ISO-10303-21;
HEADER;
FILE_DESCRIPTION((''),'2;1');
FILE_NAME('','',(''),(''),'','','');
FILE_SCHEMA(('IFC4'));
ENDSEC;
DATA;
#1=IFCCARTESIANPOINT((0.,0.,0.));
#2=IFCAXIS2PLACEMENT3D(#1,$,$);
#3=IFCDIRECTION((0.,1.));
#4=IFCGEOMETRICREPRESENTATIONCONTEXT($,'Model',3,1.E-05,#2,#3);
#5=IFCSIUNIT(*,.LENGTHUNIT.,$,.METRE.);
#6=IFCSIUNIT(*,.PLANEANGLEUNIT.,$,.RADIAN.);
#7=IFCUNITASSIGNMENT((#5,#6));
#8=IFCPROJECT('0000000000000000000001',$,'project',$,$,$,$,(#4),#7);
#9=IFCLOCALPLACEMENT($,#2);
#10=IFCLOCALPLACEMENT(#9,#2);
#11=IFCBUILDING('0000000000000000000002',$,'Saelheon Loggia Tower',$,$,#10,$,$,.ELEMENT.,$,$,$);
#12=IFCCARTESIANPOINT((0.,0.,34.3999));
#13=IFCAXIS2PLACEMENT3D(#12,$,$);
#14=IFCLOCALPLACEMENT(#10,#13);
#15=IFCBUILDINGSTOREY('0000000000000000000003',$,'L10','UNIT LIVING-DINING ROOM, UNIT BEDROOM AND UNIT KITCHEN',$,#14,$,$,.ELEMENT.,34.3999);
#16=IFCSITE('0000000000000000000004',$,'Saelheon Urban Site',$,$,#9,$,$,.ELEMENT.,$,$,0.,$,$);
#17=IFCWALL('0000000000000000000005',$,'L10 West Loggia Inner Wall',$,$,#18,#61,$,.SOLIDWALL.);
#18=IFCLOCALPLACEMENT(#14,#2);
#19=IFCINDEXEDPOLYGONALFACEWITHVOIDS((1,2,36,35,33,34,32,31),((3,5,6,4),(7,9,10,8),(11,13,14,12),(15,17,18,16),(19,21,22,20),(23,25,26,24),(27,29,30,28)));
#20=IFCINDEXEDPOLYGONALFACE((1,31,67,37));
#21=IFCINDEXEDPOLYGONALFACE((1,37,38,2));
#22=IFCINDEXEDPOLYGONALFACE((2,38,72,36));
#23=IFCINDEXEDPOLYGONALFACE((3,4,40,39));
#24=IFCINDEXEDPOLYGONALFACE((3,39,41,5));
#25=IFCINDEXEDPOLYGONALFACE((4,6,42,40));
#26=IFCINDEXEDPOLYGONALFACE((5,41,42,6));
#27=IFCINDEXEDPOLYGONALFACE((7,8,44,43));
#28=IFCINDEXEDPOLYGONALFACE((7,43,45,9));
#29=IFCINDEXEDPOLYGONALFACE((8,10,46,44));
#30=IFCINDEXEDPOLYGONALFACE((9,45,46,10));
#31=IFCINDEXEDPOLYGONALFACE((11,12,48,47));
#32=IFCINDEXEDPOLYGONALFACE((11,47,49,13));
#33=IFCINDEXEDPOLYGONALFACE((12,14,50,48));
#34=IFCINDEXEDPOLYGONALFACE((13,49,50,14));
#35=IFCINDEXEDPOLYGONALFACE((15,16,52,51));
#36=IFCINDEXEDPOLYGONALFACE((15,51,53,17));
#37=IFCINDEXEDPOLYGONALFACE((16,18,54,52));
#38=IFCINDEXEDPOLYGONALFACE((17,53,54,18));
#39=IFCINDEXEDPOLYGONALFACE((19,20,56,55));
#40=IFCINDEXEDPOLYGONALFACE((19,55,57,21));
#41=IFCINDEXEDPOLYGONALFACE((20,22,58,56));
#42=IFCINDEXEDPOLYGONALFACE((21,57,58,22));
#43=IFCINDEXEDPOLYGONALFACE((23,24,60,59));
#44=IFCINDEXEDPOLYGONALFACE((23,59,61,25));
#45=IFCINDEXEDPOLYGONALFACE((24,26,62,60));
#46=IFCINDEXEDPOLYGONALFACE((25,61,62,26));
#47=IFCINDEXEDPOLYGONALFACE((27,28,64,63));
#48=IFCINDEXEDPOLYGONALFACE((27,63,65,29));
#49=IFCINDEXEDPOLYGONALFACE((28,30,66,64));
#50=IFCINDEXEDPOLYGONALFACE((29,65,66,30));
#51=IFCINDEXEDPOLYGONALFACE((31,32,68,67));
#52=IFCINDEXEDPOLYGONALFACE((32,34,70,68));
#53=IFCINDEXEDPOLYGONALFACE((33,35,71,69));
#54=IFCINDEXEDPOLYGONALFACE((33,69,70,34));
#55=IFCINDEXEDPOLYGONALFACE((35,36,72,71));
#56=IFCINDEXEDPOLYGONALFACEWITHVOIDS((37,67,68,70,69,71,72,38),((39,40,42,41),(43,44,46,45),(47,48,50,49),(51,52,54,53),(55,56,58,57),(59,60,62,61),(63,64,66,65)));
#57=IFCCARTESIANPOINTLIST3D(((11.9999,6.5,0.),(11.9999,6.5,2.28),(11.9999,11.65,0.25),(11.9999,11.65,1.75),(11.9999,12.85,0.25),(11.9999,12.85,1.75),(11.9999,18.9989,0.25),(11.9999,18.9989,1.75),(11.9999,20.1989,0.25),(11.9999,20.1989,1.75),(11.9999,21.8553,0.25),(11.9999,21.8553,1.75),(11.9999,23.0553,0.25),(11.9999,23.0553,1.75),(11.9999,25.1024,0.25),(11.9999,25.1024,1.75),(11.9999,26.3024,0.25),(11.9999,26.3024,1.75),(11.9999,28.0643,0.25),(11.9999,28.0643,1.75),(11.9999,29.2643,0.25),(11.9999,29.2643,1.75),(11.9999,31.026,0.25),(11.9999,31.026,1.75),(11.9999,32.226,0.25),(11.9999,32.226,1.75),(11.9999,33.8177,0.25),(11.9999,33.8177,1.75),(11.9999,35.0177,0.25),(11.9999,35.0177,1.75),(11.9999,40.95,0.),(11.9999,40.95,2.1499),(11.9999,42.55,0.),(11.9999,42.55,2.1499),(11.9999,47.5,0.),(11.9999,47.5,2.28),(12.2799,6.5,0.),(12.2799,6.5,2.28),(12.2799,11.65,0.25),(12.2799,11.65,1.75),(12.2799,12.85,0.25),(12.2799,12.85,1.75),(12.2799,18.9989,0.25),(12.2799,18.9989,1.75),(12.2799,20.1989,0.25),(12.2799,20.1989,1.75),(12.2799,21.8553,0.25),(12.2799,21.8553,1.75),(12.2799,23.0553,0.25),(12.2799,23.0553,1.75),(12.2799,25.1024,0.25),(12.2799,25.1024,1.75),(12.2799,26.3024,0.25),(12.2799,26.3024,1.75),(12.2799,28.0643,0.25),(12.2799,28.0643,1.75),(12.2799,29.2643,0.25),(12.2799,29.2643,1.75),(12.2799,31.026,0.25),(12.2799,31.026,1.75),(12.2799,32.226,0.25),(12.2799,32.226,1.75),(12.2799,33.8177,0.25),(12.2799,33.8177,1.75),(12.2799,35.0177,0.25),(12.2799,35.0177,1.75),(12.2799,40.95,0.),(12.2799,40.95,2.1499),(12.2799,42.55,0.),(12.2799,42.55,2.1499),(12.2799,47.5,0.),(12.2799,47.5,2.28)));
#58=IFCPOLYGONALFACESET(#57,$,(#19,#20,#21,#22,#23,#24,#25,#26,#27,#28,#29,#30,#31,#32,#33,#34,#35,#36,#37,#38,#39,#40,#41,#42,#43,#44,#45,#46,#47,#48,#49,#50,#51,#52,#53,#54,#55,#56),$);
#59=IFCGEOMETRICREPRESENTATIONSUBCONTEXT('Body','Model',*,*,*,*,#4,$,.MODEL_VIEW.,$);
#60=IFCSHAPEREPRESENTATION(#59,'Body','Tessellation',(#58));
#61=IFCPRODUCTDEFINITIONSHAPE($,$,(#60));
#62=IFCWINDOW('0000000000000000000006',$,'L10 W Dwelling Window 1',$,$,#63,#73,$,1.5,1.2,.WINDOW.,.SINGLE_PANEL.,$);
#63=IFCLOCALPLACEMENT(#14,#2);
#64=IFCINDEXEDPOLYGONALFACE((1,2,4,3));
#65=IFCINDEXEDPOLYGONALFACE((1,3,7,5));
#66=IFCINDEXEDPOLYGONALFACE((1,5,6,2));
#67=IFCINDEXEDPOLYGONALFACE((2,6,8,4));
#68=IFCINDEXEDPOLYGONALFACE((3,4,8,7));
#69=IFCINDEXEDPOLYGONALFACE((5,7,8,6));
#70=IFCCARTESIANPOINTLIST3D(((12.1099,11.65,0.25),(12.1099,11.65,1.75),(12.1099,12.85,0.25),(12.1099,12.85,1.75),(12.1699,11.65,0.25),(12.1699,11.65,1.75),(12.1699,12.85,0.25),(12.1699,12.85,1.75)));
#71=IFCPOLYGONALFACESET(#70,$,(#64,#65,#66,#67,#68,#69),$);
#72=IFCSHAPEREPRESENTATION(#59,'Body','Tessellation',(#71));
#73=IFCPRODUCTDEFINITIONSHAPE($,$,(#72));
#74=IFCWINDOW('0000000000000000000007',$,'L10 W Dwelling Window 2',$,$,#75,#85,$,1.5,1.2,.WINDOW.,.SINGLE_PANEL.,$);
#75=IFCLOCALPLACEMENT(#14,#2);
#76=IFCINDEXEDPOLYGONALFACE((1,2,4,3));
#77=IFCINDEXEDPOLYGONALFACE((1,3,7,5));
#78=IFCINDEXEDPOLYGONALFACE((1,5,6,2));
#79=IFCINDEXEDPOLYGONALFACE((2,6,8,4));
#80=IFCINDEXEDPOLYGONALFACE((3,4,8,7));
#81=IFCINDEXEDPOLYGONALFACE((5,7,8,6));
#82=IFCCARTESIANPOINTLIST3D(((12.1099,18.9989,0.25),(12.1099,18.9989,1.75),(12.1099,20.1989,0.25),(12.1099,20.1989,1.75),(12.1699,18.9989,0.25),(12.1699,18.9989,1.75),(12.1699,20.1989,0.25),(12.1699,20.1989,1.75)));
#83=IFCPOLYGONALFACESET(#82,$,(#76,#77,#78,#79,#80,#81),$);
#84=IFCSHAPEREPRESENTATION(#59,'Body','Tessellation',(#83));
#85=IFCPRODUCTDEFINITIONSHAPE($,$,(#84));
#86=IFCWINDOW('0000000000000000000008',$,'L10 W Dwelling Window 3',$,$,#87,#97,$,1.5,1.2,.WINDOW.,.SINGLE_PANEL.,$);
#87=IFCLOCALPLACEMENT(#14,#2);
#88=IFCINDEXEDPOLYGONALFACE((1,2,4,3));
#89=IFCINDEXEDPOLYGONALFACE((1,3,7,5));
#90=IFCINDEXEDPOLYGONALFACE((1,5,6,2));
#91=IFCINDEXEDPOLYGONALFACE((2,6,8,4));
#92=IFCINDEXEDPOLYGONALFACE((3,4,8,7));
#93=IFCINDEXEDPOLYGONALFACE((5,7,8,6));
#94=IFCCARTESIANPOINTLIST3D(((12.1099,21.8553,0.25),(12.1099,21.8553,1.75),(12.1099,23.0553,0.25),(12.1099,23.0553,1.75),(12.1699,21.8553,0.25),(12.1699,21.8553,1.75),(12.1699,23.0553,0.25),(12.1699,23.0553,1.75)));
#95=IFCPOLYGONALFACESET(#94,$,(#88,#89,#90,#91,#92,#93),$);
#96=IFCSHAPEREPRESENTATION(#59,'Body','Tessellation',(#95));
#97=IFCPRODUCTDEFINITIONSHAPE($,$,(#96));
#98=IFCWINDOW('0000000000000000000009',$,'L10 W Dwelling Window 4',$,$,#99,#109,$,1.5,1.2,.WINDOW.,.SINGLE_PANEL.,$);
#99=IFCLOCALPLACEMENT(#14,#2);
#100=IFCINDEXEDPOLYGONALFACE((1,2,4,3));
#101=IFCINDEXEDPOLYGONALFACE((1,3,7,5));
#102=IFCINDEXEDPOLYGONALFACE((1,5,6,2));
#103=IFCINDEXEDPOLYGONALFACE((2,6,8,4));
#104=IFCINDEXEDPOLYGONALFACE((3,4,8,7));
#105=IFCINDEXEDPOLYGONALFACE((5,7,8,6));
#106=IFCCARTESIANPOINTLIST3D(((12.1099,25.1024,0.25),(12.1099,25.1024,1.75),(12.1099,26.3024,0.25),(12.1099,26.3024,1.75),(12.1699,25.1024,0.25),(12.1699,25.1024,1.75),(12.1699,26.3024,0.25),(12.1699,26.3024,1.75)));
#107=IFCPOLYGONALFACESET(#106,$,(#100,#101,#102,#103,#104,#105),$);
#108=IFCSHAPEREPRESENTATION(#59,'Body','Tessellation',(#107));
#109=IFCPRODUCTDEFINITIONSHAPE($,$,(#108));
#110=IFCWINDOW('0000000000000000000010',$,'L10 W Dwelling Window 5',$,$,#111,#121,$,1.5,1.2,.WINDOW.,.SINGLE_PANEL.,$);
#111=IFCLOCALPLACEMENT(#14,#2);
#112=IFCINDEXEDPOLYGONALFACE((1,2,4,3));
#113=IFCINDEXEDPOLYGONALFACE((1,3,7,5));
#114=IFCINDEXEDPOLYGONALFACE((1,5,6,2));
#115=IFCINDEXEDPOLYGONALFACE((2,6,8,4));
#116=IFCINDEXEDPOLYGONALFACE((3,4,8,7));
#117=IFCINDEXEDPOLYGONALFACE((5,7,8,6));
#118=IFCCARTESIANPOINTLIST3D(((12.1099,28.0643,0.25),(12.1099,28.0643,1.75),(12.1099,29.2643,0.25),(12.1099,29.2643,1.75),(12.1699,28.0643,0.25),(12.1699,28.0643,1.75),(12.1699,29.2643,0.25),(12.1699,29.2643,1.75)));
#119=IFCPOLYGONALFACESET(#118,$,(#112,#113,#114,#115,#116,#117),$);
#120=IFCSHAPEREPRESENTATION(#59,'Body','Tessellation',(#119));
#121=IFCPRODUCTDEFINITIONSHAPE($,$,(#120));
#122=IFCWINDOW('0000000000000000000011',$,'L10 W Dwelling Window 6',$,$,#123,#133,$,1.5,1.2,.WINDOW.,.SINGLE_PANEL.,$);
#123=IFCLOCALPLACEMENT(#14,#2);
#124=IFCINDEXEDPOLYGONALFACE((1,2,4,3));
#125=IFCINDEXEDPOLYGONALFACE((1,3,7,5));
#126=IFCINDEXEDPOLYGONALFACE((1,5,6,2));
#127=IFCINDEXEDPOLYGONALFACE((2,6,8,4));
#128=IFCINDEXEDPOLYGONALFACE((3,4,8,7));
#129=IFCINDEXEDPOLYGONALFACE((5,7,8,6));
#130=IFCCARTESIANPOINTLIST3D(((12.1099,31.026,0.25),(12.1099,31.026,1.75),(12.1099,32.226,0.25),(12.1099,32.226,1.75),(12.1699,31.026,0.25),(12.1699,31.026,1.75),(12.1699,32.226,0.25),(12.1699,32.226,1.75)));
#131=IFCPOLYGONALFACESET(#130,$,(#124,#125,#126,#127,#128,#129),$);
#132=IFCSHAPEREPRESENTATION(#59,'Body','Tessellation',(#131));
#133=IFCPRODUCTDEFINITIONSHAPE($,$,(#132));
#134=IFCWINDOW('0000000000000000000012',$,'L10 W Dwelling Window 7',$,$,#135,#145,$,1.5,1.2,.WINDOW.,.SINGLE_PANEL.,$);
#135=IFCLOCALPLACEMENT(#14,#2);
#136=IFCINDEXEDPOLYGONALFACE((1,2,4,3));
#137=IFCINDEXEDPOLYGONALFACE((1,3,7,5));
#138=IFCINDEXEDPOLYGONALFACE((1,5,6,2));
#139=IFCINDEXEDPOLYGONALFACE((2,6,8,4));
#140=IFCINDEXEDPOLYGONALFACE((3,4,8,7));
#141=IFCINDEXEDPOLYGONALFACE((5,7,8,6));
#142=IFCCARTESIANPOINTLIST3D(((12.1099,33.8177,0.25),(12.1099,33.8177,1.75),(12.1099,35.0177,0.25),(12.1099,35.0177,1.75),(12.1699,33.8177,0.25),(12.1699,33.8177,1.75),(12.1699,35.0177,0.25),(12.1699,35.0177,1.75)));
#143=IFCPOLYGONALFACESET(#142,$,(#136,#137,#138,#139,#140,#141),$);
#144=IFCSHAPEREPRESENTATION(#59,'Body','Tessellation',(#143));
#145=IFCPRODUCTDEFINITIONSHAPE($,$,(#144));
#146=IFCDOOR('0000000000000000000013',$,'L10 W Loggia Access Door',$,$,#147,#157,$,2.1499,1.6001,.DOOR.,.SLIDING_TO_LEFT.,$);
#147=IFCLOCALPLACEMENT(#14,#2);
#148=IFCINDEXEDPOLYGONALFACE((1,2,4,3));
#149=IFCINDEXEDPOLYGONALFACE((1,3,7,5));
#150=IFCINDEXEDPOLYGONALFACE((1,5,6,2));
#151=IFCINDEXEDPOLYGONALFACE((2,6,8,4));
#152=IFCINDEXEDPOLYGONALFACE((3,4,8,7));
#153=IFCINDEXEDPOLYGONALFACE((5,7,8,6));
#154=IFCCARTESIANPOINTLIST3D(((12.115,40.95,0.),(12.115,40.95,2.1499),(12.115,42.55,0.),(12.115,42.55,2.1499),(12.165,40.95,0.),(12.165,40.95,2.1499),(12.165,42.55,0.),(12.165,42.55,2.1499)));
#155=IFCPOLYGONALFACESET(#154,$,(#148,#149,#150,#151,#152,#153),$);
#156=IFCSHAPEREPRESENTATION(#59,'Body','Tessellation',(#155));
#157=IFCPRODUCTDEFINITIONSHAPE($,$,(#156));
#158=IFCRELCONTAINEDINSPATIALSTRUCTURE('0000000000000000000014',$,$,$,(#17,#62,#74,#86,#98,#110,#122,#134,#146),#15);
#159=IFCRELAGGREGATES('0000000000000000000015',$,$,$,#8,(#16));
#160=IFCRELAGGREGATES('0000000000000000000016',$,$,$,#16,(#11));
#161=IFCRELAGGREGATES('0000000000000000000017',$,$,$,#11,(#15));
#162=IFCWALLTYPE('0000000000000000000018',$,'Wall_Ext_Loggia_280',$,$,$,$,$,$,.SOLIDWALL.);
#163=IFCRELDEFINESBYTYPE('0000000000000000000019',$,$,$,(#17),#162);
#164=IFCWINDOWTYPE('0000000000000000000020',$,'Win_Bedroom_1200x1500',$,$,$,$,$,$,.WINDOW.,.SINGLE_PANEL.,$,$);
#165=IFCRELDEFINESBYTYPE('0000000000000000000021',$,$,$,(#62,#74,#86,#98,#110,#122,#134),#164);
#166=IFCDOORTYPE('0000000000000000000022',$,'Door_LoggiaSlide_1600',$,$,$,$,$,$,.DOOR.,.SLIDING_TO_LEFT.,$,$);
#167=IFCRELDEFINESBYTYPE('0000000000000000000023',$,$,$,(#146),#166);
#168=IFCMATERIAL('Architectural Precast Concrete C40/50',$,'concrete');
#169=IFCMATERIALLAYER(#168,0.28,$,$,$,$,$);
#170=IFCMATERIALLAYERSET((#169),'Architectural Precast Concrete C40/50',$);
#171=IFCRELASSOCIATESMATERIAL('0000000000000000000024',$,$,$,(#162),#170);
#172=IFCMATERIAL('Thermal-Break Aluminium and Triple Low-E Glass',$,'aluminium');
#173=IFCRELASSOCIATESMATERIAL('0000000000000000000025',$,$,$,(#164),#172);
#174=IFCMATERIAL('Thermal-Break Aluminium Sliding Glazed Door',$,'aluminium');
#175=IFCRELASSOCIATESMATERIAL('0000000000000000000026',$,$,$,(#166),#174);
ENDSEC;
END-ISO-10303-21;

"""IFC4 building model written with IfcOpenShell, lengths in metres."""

from ifc_helpers import new_model, si_unit, direction, frame, frame_2d, origin, place, context, subcontext, project, spatial, rectangle, extrude, source, transform, mapped, material, layer, layer_set, type_object, element, fill, save


model = new_model("IFC4")

# Units and contexts
model_context = context("Model", 3, precision=1e-05, world=origin(), true_north=direction((0.0, 1.0)))
body_context = subcontext(model_context, "Body", "Model", "MODEL_VIEW")
ifc_project = project(units=[si_unit("LENGTHUNIT", "METRE"), si_unit("PLANEANGLEUNIT", "RADIAN")], contexts=[model_context])

# Site, building, storey
site_placement = place(None, origin())
site = spatial("IfcSite", under=ifc_project, at=site_placement, Name="Saelheon Urban Site", CompositionType="ELEMENT", RefElevation=0.0)
building_placement = place(site_placement, origin())
building = spatial("IfcBuilding", under=site, at=building_placement, Name="Saelheon Loggia Tower", CompositionType="ELEMENT")
storey_placement = place(building_placement, frame((0.0, 0.0, 34.3999)))
storey = spatial("IfcBuildingStorey", under=building, at=storey_placement, Name="L10", Description="UNIT LIVING-DINING ROOM, UNIT BEDROOM AND UNIT KITCHEN", CompositionType="ELEMENT", Elevation=34.3999)

# Shared definitions
ifc_material_1 = material(Name="Thermal-Break Aluminium and Triple Low-E Glass", Category="aluminium")

# Wall, openings, windows, door
ifc_material_2 = material(Name="Architectural Precast Concrete C40/50", Category="concrete")
ifc_layer_1 = layer(ifc_material_2, 0.28)
ifc_layer_set_1 = layer_set([ifc_layer_1], Name="Architectural Precast Concrete C40/50")
wall_type = type_object("IfcWallType", Name="Wall_Ext_Loggia_280", PredefinedType="SOLIDWALL", material=ifc_layer_set_1)
wall_placement = place(storey_placement, frame((12.1399, 6.5, 0.0), z_axis=(0.0, 0.0, 1.0), x_axis=(0.0, 1.0, 0.0)))
wall = element("IfcWall", 1, at=wall_placement, inside=storey, type_object=wall_type, Name="L10 West Loggia Inner Wall", PredefinedType="SOLIDWALL", context=body_context, shape_type="SweptSolid", body=[
    extrude(rectangle(XDim=41.0, YDim=0.28, at=frame_2d((20.5, 0.0))), origin(), (0.0, 0.0, 1.0), 2.28),
])
opening_1_placement = place(wall_placement, frame((5.1499, 0.0, 0.25)))
opening_1 = element("IfcOpeningElement", 2, at=opening_1_placement, cuts=wall, PredefinedType="OPENING", context=body_context, shape_type="SweptSolid", body=[
    extrude(rectangle(XDim=1.2, YDim=1.5, at=frame_2d((0.6001, 0.75))), frame((0.0, 0.1521, 0.0), z_axis=(0.0, -1.0, 0.0), x_axis=(1.0, 0.0, 0.0)), (0.0, 0.0, 1.0), 0.304),
])
opening_2_placement = place(wall_placement, frame((12.4988, 0.0, 0.25)))
opening_2 = element("IfcOpeningElement", 3, at=opening_2_placement, cuts=wall, PredefinedType="OPENING", context=body_context, shape_type="SweptSolid", body=[
    extrude(rectangle(XDim=1.2, YDim=1.5, at=frame_2d((0.6001, 0.75))), frame((0.0, 0.1521, 0.0), z_axis=(0.0, -1.0, 0.0), x_axis=(1.0, 0.0, 0.0)), (0.0, 0.0, 1.0), 0.304),
])
opening_3_placement = place(wall_placement, frame((15.3552, 0.0, 0.25)))
opening_3 = element("IfcOpeningElement", 4, at=opening_3_placement, cuts=wall, PredefinedType="OPENING", context=body_context, shape_type="SweptSolid", body=[
    extrude(rectangle(XDim=1.2, YDim=1.5, at=frame_2d((0.6001, 0.75))), frame((0.0, 0.1521, 0.0), z_axis=(0.0, -1.0, 0.0), x_axis=(1.0, 0.0, 0.0)), (0.0, 0.0, 1.0), 0.304),
])
opening_4_placement = place(wall_placement, frame((18.6023, 0.0, 0.25)))
opening_4 = element("IfcOpeningElement", 5, at=opening_4_placement, cuts=wall, PredefinedType="OPENING", context=body_context, shape_type="SweptSolid", body=[
    extrude(rectangle(XDim=1.2, YDim=1.5, at=frame_2d((0.6001, 0.75))), frame((0.0, 0.1521, 0.0), z_axis=(0.0, -1.0, 0.0), x_axis=(1.0, 0.0, 0.0)), (0.0, 0.0, 1.0), 0.304),
])
opening_5_placement = place(wall_placement, frame((21.5642, 0.0, 0.25)))
opening_5 = element("IfcOpeningElement", 6, at=opening_5_placement, cuts=wall, PredefinedType="OPENING", context=body_context, shape_type="SweptSolid", body=[
    extrude(rectangle(XDim=1.2, YDim=1.5, at=frame_2d((0.6001, 0.75))), frame((0.0, 0.1521, 0.0), z_axis=(0.0, -1.0, 0.0), x_axis=(1.0, 0.0, 0.0)), (0.0, 0.0, 1.0), 0.304),
])
opening_6_placement = place(wall_placement, frame((24.5259, 0.0, 0.25)))
opening_6 = element("IfcOpeningElement", 7, at=opening_6_placement, cuts=wall, PredefinedType="OPENING", context=body_context, shape_type="SweptSolid", body=[
    extrude(rectangle(XDim=1.2, YDim=1.5, at=frame_2d((0.6001, 0.75))), frame((0.0, 0.1521, 0.0), z_axis=(0.0, -1.0, 0.0), x_axis=(1.0, 0.0, 0.0)), (0.0, 0.0, 1.0), 0.304),
])
opening_7_placement = place(wall_placement, frame((27.3176, 0.0, 0.25)))
opening_7 = element("IfcOpeningElement", 8, at=opening_7_placement, cuts=wall, PredefinedType="OPENING", context=body_context, shape_type="SweptSolid", body=[
    extrude(rectangle(XDim=1.2, YDim=1.5, at=frame_2d((0.6001, 0.75))), frame((0.0, 0.1521, 0.0), z_axis=(0.0, -1.0, 0.0), x_axis=(1.0, 0.0, 0.0)), (0.0, 0.0, 1.0), 0.304),
])
opening_8_placement = place(wall_placement, frame((34.45, 0.0, 0.0)))
opening_8 = element("IfcOpeningElement", 9, at=opening_8_placement, cuts=wall, PredefinedType="OPENING", context=body_context, shape_type="SweptSolid", body=[
    extrude(rectangle(XDim=1.6001, YDim=2.1499, at=frame_2d((0.8, 1.075))), frame((0.0, 0.1521, 0.0), z_axis=(0.0, -1.0, 0.0), x_axis=(1.0, 0.0, 0.0)), (0.0, 0.0, 1.0), 0.304),
])
window_type = type_object("IfcWindowType", Name="Win_Bedroom_1200x1500", PartitioningType="SINGLE_PANEL", PredefinedType="WINDOW", material=ifc_material_1)
shared_shape_1 = source(origin(), body_context, "Body", "SweptSolid", [
    extrude(rectangle(XDim=1.2, YDim=1.5, at=frame_2d((0.6001, 0.75))), frame((0.0, 0.03, 0.0), z_axis=(0.0, -1.0, 0.0), x_axis=(1.0, 0.0, 0.0)), (0.0, 0.0, 1.0), 0.0601),
])
window_1_placement = place(opening_1_placement, origin())
window_1 = element("IfcWindow", 10, at=window_1_placement, inside=storey, type_object=window_type, Name="L10 W Dwelling Window 1", OverallHeight=1.5, OverallWidth=1.2, PartitioningType="SINGLE_PANEL", PredefinedType="WINDOW", context=body_context, shape_type="MappedRepresentation", body=[
    mapped(shared_shape_1, transform((0.0, 0.0, 0.0), scale=1.0)),
])
fill(opening_1, window_1)
window_2_placement = place(opening_2_placement, origin())
window_2 = element("IfcWindow", 11, at=window_2_placement, inside=storey, type_object=window_type, Name="L10 W Dwelling Window 2", OverallHeight=1.5, OverallWidth=1.2, PartitioningType="SINGLE_PANEL", PredefinedType="WINDOW", context=body_context, shape_type="MappedRepresentation", body=[
    mapped(shared_shape_1, transform((0.0, 0.0, 0.0), scale=1.0)),
])
fill(opening_2, window_2)
window_3_placement = place(opening_3_placement, origin())
window_3 = element("IfcWindow", 12, at=window_3_placement, inside=storey, type_object=window_type, Name="L10 W Dwelling Window 3", OverallHeight=1.5, OverallWidth=1.2, PartitioningType="SINGLE_PANEL", PredefinedType="WINDOW", context=body_context, shape_type="MappedRepresentation", body=[
    mapped(shared_shape_1, transform((0.0, 0.0, 0.0), scale=1.0)),
])
fill(opening_3, window_3)
window_4_placement = place(opening_4_placement, origin())
window_4 = element("IfcWindow", 13, at=window_4_placement, inside=storey, type_object=window_type, Name="L10 W Dwelling Window 4", OverallHeight=1.5, OverallWidth=1.2, PartitioningType="SINGLE_PANEL", PredefinedType="WINDOW", context=body_context, shape_type="MappedRepresentation", body=[
    mapped(shared_shape_1, transform((0.0, 0.0, 0.0), scale=1.0)),
])
fill(opening_4, window_4)
window_5_placement = place(opening_5_placement, origin())
window_5 = element("IfcWindow", 14, at=window_5_placement, inside=storey, type_object=window_type, Name="L10 W Dwelling Window 5", OverallHeight=1.5, OverallWidth=1.2, PartitioningType="SINGLE_PANEL", PredefinedType="WINDOW", context=body_context, shape_type="MappedRepresentation", body=[
    mapped(shared_shape_1, transform((0.0, 0.0, 0.0), scale=1.0)),
])
fill(opening_5, window_5)
window_6_placement = place(opening_6_placement, origin())
window_6 = element("IfcWindow", 15, at=window_6_placement, inside=storey, type_object=window_type, Name="L10 W Dwelling Window 6", OverallHeight=1.5, OverallWidth=1.2, PartitioningType="SINGLE_PANEL", PredefinedType="WINDOW", context=body_context, shape_type="MappedRepresentation", body=[
    mapped(shared_shape_1, transform((0.0, 0.0, 0.0), scale=1.0)),
])
fill(opening_6, window_6)
window_7_placement = place(opening_7_placement, origin())
window_7 = element("IfcWindow", 16, at=window_7_placement, inside=storey, type_object=window_type, Name="L10 W Dwelling Window 7", OverallHeight=1.5, OverallWidth=1.2, PartitioningType="SINGLE_PANEL", PredefinedType="WINDOW", context=body_context, shape_type="MappedRepresentation", body=[
    mapped(shared_shape_1, transform((0.0, 0.0, 0.0), scale=1.0)),
])
fill(opening_7, window_7)
ifc_material_3 = material(Name="Thermal-Break Aluminium Sliding Glazed Door", Category="aluminium")
door_type = type_object("IfcDoorType", Name="Door_LoggiaSlide_1600", OperationType="SLIDING_TO_LEFT", PredefinedType="DOOR", material=ifc_material_3)
shared_shape_2 = source(origin(), body_context, "Body", "SweptSolid", [
    extrude(rectangle(XDim=1.6001, YDim=2.1499, at=frame_2d((0.8, 1.075))), frame((0.0, 0.0249, 0.0), z_axis=(0.0, -1.0, 0.0), x_axis=(1.0, 0.0, 0.0)), (0.0, 0.0, 1.0), 0.05),
])
door_placement = place(opening_8_placement, origin())
door = element("IfcDoor", 17, at=door_placement, inside=storey, type_object=door_type, Name="L10 W Loggia Access Door", OperationType="SLIDING_TO_LEFT", OverallHeight=2.1499, OverallWidth=1.6001, PredefinedType="DOOR", context=body_context, shape_type="MappedRepresentation", body=[
    mapped(shared_shape_2, transform((0.0, 0.0, 0.0), scale=1.0)),
])
fill(opening_8, door)

save(model, "model.ifc")
